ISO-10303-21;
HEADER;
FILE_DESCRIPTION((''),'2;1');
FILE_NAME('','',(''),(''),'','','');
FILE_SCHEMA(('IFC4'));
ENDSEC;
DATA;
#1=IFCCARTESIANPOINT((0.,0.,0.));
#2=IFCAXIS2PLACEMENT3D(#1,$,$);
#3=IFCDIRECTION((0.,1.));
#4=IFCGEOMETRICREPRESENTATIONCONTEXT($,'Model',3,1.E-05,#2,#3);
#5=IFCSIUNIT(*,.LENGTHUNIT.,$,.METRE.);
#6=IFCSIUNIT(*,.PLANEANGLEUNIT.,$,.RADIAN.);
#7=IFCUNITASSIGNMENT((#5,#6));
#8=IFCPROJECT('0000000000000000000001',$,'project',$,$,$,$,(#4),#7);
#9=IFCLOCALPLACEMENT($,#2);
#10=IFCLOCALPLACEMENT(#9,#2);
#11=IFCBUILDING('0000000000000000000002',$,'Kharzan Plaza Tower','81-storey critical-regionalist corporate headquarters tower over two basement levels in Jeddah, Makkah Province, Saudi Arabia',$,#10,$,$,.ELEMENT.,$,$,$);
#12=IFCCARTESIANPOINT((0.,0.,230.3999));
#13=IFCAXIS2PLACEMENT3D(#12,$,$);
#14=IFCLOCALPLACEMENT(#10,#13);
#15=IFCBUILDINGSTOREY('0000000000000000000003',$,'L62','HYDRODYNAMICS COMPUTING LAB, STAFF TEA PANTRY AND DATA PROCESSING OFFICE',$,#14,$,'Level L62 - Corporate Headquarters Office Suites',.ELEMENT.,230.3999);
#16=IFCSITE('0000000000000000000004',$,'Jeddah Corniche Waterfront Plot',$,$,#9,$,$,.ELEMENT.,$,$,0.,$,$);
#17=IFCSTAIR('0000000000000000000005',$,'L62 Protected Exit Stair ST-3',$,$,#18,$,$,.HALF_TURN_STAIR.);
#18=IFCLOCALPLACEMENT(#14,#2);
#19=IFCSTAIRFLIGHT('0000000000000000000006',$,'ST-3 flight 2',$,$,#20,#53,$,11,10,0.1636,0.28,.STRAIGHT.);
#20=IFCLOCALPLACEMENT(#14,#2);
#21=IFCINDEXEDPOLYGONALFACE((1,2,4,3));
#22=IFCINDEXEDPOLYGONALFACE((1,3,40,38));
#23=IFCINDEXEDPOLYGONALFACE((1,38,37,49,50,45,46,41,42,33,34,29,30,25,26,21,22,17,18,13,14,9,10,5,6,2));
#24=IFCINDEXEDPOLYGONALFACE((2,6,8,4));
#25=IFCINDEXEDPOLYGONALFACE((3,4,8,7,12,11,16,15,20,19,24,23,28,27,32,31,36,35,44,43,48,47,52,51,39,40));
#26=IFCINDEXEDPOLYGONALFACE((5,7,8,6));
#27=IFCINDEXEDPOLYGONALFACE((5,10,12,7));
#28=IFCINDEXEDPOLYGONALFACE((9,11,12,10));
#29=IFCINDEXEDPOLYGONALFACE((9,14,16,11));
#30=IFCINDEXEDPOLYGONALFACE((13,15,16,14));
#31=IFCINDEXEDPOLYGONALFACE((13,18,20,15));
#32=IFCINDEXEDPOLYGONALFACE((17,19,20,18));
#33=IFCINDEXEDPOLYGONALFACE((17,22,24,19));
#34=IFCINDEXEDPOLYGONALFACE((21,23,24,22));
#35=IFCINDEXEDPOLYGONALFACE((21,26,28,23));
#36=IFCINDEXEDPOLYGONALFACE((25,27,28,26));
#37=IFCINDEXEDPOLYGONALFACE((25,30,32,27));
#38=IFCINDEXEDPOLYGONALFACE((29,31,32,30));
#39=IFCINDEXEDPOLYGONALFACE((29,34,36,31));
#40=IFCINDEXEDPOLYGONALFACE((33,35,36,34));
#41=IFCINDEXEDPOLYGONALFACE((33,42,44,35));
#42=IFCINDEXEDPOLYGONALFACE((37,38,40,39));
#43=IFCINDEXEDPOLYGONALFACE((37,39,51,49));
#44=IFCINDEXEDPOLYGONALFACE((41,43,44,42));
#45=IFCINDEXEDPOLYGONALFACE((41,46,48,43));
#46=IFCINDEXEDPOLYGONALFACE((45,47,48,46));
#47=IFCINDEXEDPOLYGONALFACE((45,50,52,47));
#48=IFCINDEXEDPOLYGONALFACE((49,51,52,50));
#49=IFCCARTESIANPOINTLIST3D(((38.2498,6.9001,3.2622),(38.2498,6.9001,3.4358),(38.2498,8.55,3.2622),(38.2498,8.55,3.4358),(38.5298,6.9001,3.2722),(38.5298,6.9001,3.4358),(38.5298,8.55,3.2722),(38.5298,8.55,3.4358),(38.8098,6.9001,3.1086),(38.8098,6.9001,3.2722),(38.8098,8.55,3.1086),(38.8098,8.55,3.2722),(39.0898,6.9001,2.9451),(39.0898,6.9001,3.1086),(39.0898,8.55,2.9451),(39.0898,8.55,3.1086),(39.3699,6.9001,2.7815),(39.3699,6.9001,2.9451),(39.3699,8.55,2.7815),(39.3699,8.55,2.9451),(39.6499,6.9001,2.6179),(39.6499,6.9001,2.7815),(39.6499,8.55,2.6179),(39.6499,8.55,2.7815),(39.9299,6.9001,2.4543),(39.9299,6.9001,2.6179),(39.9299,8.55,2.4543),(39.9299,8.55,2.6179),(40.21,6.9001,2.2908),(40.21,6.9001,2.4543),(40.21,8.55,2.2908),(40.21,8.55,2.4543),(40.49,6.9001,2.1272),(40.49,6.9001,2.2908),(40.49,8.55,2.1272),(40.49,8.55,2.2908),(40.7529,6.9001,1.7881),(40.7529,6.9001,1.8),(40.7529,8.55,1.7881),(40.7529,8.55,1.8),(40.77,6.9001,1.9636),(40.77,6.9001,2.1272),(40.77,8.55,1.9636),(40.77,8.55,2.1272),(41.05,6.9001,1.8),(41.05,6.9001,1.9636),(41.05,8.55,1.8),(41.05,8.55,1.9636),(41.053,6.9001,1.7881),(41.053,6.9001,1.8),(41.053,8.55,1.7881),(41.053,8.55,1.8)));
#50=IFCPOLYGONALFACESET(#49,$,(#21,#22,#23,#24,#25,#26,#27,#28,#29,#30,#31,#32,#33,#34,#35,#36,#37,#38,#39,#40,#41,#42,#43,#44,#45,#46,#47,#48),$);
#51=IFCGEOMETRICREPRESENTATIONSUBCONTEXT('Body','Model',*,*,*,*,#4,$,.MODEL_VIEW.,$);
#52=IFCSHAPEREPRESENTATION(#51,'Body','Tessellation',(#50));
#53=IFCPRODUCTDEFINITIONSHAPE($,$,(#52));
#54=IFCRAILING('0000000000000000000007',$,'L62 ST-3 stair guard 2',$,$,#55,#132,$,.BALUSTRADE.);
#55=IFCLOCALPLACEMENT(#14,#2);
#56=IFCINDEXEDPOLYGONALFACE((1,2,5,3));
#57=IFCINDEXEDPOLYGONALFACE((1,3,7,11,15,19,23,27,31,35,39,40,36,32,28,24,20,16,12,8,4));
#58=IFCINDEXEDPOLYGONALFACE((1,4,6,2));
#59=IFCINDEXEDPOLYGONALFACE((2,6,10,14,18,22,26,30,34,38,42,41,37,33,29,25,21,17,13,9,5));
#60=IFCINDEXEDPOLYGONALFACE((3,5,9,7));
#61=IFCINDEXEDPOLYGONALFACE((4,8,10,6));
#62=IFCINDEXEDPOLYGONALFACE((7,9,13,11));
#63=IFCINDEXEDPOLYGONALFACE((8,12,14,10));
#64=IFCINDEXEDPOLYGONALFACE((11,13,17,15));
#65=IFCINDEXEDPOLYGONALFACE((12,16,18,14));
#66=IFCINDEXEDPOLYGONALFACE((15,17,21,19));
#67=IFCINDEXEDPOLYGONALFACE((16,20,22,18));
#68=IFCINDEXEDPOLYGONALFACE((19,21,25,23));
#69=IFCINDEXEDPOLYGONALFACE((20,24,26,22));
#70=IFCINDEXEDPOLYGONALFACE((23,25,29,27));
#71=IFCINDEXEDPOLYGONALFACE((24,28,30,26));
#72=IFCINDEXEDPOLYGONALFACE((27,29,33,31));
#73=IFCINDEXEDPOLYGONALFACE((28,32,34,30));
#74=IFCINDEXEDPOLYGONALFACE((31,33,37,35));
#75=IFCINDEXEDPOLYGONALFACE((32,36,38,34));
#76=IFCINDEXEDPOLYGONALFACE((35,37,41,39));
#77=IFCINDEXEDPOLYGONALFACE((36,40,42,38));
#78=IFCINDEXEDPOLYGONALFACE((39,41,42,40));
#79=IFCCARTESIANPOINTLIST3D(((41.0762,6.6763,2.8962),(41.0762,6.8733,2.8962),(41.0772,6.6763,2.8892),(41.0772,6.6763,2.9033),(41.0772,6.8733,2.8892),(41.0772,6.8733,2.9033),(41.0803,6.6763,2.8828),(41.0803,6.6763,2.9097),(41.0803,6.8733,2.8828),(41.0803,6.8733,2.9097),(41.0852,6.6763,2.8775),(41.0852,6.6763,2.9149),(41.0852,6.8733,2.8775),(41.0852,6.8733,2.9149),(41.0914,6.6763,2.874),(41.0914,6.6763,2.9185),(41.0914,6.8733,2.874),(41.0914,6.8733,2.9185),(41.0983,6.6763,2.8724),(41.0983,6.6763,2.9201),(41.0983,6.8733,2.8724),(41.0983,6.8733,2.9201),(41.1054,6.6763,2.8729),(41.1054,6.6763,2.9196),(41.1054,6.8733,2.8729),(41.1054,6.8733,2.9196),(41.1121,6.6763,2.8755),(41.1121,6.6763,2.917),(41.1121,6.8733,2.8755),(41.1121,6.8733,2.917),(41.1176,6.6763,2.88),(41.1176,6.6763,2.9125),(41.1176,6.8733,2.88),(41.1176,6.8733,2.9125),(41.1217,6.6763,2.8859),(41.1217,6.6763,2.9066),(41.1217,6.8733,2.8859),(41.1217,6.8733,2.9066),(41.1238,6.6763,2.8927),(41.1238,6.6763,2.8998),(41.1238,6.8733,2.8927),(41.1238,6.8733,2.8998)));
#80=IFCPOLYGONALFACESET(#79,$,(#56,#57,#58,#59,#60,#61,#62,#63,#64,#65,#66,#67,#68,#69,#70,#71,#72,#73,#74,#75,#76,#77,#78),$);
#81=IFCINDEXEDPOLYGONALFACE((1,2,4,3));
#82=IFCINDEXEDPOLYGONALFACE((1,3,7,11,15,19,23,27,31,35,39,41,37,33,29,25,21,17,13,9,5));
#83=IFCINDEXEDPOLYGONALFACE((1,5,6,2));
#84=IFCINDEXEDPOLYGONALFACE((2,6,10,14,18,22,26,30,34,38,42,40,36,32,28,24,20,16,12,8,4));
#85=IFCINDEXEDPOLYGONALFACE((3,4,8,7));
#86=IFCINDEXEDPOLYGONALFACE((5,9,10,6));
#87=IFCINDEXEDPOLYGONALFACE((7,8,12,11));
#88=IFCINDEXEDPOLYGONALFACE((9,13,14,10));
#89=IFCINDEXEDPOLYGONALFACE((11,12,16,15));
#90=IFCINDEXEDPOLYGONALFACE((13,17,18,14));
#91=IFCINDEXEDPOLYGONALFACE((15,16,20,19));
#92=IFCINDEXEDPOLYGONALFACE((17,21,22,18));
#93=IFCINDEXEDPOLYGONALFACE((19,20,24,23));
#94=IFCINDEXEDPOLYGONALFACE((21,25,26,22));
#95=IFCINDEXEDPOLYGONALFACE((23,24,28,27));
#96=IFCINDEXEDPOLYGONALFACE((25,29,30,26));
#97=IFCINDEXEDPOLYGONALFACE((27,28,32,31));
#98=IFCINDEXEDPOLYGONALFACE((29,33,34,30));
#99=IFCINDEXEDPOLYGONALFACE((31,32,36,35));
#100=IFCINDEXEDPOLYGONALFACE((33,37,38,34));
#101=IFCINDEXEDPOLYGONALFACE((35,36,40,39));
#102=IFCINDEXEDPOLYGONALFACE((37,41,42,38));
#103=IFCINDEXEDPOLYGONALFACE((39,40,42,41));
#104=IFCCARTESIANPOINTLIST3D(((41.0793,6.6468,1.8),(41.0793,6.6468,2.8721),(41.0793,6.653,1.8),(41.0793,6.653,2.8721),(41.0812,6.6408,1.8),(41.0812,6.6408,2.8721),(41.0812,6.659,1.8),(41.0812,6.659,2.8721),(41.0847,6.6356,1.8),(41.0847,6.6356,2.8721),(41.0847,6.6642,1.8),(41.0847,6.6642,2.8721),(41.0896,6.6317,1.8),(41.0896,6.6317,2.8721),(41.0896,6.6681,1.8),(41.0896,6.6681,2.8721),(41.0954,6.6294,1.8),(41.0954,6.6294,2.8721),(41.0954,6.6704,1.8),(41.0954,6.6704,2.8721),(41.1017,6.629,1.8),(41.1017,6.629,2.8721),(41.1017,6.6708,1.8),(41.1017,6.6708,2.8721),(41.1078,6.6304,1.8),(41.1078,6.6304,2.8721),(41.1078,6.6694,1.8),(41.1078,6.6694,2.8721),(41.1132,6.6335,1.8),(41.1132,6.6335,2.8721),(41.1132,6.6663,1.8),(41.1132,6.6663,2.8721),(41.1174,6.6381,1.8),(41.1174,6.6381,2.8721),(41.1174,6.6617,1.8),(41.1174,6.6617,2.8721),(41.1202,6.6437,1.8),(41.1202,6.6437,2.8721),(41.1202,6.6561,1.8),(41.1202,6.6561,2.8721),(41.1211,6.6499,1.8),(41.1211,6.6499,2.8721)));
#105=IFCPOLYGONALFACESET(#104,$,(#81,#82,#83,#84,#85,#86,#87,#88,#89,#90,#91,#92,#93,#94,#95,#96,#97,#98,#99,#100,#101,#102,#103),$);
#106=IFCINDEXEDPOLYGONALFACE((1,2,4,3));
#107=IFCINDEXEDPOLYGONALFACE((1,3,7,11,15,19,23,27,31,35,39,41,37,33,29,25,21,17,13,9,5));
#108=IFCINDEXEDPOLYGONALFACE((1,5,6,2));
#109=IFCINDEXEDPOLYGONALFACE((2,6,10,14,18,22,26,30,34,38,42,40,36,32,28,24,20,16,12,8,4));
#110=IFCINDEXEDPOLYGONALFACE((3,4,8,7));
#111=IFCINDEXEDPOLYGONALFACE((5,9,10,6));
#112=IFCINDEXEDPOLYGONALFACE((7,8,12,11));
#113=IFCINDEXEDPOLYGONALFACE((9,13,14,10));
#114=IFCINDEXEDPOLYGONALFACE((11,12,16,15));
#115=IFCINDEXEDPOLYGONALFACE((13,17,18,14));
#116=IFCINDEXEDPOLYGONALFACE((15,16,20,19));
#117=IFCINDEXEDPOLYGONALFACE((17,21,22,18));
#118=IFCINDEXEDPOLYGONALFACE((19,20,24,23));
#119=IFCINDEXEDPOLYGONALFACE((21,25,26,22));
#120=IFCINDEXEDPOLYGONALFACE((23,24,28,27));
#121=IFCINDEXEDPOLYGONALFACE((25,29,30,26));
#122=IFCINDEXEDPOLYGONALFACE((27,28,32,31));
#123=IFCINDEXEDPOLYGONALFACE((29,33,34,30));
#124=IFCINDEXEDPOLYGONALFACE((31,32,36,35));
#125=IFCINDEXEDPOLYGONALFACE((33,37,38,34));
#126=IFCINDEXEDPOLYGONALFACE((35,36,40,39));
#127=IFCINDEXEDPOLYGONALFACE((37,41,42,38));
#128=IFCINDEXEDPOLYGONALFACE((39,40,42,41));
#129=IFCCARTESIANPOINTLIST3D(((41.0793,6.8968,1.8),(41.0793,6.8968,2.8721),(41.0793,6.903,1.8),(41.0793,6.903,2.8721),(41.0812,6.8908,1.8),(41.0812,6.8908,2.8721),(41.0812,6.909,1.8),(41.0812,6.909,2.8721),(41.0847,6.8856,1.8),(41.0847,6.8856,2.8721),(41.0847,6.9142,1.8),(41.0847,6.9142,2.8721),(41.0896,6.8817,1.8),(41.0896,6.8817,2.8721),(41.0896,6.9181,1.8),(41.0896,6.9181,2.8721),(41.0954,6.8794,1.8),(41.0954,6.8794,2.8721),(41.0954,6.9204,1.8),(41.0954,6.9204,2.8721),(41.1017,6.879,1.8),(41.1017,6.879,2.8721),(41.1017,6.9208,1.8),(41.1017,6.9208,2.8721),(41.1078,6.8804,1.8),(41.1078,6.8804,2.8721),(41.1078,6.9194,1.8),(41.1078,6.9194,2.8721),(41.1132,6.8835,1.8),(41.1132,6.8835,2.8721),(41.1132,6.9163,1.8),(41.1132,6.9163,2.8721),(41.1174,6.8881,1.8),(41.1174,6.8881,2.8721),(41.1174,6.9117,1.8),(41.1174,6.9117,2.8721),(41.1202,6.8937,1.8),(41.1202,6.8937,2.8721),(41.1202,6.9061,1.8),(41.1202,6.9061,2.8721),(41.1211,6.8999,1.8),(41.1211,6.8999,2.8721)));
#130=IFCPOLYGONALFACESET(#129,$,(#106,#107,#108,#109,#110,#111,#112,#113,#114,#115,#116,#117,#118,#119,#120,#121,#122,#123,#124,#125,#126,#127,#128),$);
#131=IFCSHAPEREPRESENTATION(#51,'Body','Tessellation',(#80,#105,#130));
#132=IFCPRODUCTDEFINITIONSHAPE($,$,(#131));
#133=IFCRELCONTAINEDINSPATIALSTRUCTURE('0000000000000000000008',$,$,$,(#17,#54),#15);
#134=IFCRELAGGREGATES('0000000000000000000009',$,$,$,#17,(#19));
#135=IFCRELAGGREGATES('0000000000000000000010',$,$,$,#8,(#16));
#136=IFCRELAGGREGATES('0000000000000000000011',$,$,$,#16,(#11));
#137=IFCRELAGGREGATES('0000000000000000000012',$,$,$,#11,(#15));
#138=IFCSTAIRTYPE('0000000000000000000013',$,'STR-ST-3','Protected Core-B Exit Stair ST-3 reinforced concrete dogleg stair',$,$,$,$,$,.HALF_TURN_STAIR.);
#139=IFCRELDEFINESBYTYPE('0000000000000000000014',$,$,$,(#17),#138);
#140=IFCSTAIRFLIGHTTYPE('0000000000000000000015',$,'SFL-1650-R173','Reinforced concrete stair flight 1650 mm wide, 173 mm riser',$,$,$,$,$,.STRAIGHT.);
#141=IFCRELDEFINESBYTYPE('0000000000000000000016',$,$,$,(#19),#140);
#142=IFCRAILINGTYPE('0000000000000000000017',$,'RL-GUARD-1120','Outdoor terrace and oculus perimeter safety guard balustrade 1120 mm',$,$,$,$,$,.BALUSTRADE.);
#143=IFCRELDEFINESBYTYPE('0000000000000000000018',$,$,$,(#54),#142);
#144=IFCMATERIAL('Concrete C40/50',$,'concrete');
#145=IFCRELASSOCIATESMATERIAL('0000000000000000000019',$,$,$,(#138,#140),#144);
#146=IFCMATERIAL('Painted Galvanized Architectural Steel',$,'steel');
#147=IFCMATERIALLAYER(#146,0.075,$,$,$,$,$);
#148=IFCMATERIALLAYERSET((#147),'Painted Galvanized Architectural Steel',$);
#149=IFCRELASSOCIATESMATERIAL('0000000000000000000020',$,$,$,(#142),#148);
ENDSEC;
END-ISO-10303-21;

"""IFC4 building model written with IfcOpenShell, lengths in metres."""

from ifc_helpers import new_model, si_unit, direction, frame, origin, origin_2d, place, context, subcontext, project, spatial, polyline, circle, outline, extrude, source, transform, mapped, material, layer, layer_set, type_object, element, aggregate, save


model = new_model("IFC4")

# Units and contexts
model_context = context("Model", 3, precision=1e-05, world=origin(), true_north=direction((0.0, 1.0)))
body_context = subcontext(model_context, "Body", "Model", "MODEL_VIEW")
ifc_project = project(units=[si_unit("LENGTHUNIT", "METRE"), si_unit("PLANEANGLEUNIT", "RADIAN")], contexts=[model_context])

# Site, building, storey
site_placement = place(None, origin())
site = spatial("IfcSite", under=ifc_project, at=site_placement, Name="Jeddah Corniche Waterfront Plot", CompositionType="ELEMENT", RefElevation=0.0)
building_placement = place(site_placement, origin())
building = spatial("IfcBuilding", under=site, at=building_placement, Name="Kharzan Plaza Tower", Description="81-storey critical-regionalist corporate headquarters tower over two basement levels in Jeddah, Makkah Province, Saudi Arabia", CompositionType="ELEMENT")
storey_placement = place(building_placement, frame((0.0, 0.0, 230.3999)))
storey = spatial("IfcBuildingStorey", under=building, at=storey_placement, Name="L62", Description="HYDRODYNAMICS COMPUTING LAB, STAFF TEA PANTRY AND DATA PROCESSING OFFICE", LongName="Level L62 - Corporate Headquarters Office Suites", CompositionType="ELEMENT", Elevation=230.3999)

# Shared definitions
ifc_material_1 = material(Name="Concrete C40/50", Category="concrete")

# Stair, stair flight
stair_type = type_object("IfcStairType", Name="STR-ST-3", Description="Protected Core-B Exit Stair ST-3 reinforced concrete dogleg stair", PredefinedType="HALF_TURN_STAIR", material=ifc_material_1)
stair_placement = place(storey_placement, origin())
stair = element("IfcStair", 1, at=stair_placement, inside=storey, type_object=stair_type, Name="L62 Protected Exit Stair ST-3", PredefinedType="HALF_TURN_STAIR")
stair_flight_type = type_object("IfcStairFlightType", Name="SFL-1650-R173", Description="Reinforced concrete stair flight 1650 mm wide, 173 mm riser", PredefinedType="STRAIGHT", material=ifc_material_1)
shared_shape_1 = source(origin(), body_context, "Body", "SweptSolid", [
    extrude(outline(polyline([(-0.0029, -0.012), (-0.0029, 0.0), (0.0, 0.0), (0.0, 0.1636), (0.28, 0.1636), (0.28, 0.3271), (0.5601, 0.3271), (0.5601, 0.4907), (0.8401, 0.4907), (0.8401, 0.6543), (1.1201, 0.6543), (1.1201, 0.8179), (1.4001, 0.8179), (1.4001, 0.9814), (1.6802, 0.9814), (1.6802, 1.145), (1.9602, 1.145), (1.9602, 1.3086), (2.2402, 1.3086), (2.2402, 1.4722), (2.5203, 1.4722), (2.5203, 1.6357), (2.8003, 1.6357), (2.8003, 1.7993), (2.8003, 1.4622), (0.2971, 0.0), (0.2971, -0.012), (-0.0029, -0.012)])), frame((0.0, 0.825, 0.0), z_axis=(0.0, -1.0, 0.0), x_axis=(1.0, 0.0, 0.0)), (0.0, 0.0, 1.0), 1.6499),
])
stair_flight_placement = place(storey_placement, frame((41.05, 7.7251, 1.8), z_axis=(0.0, 0.0, 1.0), x_axis=(-1.0, 0.0, 0.0)))
stair_flight = element("IfcStairFlight", 2, at=stair_flight_placement, type_object=stair_flight_type, Name="ST-3 flight 2", NumberOfRisers=11, NumberOfTreads=10, PredefinedType="STRAIGHT", RiserHeight=0.1636, TreadLength=0.28, context=body_context, shape_type="MappedRepresentation", body=[
    mapped(shared_shape_1, transform((0.0, 0.0, 0.0), x_axis=(1.0, 0.0, 0.0), y_axis=(0.0, 1.0, 0.0), z_axis=(0.0, 0.0, 1.0))),
])
aggregate(stair, [stair_flight])

# Railing
ifc_material_2 = material(Name="Painted Galvanized Architectural Steel", Category="steel")
ifc_layer_1 = layer(ifc_material_2, 0.075)
ifc_layer_set_1 = layer_set([ifc_layer_1], Name="Painted Galvanized Architectural Steel")
railing_type_1 = type_object("IfcRailingType", Name="RL-GUARD-1120", Description="Outdoor terrace and oculus perimeter safety guard balustrade 1120 mm", PredefinedType="BALUSTRADE", material=ifc_layer_set_1)
shared_shape_2 = source(origin(), body_context, "Body", "SweptSolid", [
    extrude(circle(Radius=0.0239, at=origin_2d()), frame((0.0, 0.0264, 1.0962), z_axis=(0.0, 1.0, 0.0), x_axis=(-1.0, 0.0, 0.0)), (0.0, 0.0, 1.0), 0.197),
    extrude(circle(Radius=0.021, at=origin_2d()), origin(), (0.0, 0.0, 1.0), 1.072),
    extrude(circle(Radius=0.021, at=origin_2d()), frame((0.0, 0.25, 0.0)), (0.0, 0.0, 1.0), 1.072),
])
railing_1_placement = place(storey_placement, frame((41.1001, 6.6499, 1.8)))
element("IfcRailing", 3, at=railing_1_placement, inside=storey, type_object=railing_type_1, Name="L62 ST-3 stair guard 2", PredefinedType="BALUSTRADE", context=body_context, shape_type="MappedRepresentation", body=[
    mapped(shared_shape_2, transform((0.0, 0.0, 0.0), x_axis=(1.0, 0.0, 0.0), y_axis=(0.0, 1.0, 0.0), z_axis=(0.0, 0.0, 1.0))),
])

save(model, "model.ifc")
